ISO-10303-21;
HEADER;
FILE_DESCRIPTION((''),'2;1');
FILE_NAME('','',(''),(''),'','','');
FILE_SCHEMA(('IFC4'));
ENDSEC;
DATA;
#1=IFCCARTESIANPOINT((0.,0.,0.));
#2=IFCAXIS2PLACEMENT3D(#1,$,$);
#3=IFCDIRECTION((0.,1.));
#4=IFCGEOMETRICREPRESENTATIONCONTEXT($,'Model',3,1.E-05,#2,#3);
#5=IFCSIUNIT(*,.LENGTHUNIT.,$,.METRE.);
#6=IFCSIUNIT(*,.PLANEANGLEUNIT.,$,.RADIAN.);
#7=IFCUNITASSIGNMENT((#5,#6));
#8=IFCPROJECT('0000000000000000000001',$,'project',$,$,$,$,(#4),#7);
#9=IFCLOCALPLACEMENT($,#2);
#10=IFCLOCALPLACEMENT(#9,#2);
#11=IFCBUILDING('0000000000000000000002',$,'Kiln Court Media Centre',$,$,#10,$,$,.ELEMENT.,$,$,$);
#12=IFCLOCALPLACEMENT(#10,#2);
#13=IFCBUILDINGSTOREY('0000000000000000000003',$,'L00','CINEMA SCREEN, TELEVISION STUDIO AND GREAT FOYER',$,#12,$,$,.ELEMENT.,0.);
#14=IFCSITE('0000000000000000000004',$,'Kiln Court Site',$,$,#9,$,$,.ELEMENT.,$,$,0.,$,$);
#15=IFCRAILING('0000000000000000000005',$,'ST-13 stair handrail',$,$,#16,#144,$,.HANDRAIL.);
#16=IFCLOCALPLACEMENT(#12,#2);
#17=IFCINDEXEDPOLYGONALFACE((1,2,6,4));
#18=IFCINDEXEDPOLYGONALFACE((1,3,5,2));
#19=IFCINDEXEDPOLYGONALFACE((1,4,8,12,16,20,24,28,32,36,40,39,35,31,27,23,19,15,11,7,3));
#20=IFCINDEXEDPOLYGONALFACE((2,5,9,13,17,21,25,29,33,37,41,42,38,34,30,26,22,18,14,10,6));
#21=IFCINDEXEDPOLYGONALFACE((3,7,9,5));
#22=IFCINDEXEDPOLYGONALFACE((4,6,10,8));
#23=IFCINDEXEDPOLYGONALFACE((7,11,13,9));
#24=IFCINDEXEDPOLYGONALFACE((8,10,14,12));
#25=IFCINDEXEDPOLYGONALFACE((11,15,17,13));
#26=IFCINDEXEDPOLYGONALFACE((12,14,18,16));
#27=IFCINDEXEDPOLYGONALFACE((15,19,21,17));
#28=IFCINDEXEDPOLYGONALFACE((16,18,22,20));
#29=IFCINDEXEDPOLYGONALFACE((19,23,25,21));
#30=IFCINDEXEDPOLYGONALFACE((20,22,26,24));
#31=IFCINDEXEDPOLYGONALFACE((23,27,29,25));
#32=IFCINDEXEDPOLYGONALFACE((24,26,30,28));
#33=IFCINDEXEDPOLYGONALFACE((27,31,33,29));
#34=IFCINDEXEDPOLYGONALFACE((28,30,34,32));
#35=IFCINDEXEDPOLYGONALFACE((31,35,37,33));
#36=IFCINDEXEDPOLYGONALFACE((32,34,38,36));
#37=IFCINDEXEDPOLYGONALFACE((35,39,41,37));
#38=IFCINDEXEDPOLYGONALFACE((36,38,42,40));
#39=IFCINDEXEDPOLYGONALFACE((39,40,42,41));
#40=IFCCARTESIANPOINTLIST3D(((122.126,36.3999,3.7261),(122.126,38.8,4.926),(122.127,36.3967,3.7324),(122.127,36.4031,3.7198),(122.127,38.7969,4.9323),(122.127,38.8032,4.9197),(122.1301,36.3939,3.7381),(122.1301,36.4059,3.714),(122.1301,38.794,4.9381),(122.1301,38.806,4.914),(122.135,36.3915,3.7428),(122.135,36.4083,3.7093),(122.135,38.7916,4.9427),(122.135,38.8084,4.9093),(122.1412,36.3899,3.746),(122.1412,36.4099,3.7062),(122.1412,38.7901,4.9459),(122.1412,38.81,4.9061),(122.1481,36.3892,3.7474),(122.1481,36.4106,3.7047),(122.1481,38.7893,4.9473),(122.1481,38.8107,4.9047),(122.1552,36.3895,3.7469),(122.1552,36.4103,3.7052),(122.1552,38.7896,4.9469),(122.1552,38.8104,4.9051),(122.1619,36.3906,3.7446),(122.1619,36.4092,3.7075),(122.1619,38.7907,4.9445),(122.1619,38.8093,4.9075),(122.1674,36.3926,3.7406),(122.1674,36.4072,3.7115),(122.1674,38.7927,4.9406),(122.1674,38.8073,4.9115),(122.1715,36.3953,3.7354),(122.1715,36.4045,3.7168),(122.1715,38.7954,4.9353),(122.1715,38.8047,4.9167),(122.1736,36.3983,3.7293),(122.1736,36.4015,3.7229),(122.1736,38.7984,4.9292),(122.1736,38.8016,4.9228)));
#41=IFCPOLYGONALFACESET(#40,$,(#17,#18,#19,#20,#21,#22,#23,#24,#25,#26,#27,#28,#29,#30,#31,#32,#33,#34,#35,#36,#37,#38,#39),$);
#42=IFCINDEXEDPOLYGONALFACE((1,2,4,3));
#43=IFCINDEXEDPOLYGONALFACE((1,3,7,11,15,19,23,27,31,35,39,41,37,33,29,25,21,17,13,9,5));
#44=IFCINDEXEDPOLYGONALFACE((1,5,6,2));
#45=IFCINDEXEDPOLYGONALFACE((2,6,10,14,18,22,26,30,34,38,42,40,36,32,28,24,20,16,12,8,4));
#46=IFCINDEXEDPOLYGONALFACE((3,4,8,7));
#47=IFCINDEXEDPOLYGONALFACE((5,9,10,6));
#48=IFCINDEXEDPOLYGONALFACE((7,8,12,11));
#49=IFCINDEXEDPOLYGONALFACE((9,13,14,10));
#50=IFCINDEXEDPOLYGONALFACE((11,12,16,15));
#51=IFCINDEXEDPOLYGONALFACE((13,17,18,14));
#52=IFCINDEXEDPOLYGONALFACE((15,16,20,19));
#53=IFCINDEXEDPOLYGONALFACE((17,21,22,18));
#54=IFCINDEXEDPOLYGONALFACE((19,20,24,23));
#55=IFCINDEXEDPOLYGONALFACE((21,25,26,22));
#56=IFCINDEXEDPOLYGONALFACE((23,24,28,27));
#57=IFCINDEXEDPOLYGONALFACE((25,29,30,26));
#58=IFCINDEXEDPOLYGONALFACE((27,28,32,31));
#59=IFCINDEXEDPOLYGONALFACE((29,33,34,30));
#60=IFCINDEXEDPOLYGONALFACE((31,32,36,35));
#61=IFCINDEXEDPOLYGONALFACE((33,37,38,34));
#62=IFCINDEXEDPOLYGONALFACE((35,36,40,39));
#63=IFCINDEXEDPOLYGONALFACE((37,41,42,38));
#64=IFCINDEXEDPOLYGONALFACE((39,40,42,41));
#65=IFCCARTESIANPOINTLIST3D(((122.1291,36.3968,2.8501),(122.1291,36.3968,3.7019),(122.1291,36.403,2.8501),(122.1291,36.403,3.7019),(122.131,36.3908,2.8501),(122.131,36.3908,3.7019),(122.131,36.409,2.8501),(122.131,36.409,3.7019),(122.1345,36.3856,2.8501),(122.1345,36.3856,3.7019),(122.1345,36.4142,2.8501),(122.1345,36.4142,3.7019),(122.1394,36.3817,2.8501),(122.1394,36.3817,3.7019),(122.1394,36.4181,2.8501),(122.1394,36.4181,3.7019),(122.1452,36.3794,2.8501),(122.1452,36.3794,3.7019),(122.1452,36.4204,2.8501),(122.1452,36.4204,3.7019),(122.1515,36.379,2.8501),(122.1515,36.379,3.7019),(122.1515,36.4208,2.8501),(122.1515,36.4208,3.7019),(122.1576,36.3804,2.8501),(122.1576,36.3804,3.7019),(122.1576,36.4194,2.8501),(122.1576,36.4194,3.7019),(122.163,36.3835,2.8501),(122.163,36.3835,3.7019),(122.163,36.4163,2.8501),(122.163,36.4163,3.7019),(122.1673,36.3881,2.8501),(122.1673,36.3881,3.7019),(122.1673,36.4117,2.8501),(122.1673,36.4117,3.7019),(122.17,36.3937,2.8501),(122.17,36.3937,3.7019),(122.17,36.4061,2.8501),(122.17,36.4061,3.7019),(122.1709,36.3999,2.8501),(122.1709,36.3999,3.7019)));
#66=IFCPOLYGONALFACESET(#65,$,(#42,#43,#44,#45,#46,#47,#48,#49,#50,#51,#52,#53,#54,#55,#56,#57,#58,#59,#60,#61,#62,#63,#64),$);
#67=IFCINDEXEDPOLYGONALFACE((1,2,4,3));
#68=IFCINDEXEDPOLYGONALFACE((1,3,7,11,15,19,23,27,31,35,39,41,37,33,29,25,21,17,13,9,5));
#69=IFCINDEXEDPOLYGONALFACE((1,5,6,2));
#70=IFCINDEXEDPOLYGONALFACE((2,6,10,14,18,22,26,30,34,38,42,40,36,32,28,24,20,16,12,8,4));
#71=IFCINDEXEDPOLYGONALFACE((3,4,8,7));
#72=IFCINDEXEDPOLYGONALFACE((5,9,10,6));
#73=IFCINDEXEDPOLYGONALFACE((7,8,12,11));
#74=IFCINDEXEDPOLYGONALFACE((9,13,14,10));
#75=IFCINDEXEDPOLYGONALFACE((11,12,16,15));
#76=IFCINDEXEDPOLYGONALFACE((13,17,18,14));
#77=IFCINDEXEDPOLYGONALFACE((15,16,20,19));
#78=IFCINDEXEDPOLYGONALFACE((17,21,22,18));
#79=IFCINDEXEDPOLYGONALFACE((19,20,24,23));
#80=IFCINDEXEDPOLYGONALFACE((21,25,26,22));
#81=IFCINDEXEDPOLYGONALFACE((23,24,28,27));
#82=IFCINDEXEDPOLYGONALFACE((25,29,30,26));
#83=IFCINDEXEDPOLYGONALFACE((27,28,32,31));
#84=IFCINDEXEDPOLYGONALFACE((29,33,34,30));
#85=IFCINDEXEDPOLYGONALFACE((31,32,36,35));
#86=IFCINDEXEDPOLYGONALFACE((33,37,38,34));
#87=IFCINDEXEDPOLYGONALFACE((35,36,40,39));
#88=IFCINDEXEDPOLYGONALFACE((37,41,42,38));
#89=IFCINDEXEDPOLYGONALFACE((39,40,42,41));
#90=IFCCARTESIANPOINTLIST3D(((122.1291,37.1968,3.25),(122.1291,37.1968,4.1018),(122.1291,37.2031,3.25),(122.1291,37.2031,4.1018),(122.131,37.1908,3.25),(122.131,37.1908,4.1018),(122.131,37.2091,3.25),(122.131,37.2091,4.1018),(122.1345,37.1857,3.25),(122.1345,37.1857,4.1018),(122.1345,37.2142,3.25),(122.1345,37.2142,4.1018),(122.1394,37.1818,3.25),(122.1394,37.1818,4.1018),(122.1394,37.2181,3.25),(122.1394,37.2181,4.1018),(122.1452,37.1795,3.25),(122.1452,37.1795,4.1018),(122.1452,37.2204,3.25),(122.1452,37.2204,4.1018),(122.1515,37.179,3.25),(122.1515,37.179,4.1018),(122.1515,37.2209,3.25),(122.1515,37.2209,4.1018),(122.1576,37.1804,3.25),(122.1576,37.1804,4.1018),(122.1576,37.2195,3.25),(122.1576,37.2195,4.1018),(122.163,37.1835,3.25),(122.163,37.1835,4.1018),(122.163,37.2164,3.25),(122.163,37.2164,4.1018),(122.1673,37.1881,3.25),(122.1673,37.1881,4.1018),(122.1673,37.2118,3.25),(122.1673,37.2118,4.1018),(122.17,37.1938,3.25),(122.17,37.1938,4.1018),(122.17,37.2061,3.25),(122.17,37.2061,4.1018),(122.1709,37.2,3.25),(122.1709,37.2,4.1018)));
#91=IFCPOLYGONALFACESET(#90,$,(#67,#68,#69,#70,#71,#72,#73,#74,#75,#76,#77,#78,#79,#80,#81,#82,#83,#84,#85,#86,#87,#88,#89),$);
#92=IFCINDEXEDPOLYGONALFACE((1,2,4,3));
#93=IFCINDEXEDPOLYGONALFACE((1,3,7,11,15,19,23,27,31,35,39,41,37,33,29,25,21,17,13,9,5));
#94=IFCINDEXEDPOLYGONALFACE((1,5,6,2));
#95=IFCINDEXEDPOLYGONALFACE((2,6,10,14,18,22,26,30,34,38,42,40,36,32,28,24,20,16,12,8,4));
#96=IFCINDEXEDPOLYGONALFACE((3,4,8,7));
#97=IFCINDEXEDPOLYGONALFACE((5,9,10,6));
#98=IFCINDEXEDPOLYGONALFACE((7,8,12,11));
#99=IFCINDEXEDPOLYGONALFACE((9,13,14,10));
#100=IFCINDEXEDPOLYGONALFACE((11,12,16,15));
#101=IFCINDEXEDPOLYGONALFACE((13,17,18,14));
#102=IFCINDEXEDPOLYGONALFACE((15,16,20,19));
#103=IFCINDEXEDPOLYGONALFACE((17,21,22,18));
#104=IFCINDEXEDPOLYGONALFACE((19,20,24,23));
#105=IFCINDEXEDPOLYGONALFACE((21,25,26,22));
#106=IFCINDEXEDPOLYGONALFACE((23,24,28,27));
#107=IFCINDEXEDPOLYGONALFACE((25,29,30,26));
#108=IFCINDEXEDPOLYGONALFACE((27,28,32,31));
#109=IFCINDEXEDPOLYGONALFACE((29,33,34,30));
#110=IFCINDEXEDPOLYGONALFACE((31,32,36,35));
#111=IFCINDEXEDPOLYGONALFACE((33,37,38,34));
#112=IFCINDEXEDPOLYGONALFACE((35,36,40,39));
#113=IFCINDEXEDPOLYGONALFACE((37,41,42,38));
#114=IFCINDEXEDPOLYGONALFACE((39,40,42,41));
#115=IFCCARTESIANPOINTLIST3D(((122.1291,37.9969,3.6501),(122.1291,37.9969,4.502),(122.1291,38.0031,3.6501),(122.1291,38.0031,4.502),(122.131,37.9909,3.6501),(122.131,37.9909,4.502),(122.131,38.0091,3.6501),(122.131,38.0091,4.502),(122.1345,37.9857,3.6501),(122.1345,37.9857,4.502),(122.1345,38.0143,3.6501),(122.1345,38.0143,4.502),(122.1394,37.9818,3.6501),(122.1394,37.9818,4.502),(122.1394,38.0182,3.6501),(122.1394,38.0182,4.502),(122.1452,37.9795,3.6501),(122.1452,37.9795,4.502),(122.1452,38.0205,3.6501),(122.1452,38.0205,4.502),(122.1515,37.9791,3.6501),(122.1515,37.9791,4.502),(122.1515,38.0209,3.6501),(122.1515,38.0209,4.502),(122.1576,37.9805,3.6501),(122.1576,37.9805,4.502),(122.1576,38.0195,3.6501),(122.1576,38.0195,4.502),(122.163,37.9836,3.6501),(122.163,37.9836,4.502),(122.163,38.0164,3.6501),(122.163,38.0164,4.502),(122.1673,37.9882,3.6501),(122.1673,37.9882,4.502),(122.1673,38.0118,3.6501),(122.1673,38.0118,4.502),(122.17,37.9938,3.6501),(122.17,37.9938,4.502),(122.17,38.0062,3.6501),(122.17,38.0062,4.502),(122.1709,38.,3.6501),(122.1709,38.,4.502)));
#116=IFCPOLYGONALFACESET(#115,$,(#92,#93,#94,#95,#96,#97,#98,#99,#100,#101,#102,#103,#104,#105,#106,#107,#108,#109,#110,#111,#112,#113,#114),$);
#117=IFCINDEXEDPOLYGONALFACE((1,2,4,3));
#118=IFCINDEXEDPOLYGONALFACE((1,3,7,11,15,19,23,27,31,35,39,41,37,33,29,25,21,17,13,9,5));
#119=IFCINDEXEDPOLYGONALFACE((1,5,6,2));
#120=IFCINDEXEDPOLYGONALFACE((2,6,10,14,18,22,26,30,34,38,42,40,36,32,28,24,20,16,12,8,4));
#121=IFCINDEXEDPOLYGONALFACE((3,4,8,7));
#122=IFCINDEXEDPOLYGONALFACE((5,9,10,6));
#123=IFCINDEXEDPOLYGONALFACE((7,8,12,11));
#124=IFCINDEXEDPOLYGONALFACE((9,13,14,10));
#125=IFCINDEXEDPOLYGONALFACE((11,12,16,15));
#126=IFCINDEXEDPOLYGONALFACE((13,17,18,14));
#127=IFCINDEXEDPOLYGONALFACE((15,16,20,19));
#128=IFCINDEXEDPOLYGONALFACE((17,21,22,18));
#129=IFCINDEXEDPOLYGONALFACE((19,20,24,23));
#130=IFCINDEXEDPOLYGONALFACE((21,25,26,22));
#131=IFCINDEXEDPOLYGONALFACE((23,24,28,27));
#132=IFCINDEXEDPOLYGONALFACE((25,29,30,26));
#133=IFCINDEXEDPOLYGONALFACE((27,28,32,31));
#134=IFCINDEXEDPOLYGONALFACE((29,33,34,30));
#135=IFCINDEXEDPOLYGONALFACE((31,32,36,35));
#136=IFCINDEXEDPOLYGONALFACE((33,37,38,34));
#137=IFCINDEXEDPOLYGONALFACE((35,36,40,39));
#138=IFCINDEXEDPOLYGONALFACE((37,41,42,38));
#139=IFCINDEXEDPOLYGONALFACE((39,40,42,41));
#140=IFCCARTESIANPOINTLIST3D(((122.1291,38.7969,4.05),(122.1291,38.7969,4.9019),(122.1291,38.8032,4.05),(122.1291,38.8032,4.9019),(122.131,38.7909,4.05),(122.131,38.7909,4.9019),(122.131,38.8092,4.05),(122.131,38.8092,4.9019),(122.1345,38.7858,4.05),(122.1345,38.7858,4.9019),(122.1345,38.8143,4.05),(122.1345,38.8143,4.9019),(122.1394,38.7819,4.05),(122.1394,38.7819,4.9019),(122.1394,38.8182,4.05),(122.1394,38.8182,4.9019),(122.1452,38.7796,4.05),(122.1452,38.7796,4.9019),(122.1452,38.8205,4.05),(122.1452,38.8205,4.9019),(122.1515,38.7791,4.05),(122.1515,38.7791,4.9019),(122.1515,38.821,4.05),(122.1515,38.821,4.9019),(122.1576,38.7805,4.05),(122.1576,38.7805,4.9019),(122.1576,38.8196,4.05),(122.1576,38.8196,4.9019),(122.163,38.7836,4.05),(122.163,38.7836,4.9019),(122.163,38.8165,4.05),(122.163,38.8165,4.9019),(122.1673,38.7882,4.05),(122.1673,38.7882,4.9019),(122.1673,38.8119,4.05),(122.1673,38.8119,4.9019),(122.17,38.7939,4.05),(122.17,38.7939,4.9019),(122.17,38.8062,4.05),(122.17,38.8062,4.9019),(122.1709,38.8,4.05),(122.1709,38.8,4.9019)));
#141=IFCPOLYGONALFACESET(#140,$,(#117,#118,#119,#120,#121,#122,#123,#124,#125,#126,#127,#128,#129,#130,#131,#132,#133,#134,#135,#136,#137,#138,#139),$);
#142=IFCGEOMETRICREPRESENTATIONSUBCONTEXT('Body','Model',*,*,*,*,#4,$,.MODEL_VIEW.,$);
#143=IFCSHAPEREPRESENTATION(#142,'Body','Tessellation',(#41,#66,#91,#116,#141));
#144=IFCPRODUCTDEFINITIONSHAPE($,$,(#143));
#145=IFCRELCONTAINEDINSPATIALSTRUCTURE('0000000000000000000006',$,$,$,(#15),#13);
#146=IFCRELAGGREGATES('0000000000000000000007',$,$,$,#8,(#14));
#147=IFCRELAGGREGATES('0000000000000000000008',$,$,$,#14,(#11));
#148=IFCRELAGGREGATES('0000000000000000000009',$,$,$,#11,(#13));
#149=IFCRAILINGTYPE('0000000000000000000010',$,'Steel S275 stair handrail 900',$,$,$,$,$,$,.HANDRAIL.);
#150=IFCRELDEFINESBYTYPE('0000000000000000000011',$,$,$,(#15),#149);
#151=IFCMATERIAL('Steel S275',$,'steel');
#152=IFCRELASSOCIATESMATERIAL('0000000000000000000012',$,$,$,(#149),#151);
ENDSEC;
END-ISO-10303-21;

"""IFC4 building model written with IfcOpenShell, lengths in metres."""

from ifc_helpers import new_model, si_unit, direction, frame, origin, origin_2d, place, context, subcontext, project, spatial, circle, extrude, material, type_object, element, save


model = new_model("IFC4")

# Units and contexts
model_context = context("Model", 3, precision=1e-05, world=origin(), true_north=direction((0.0, 1.0)))
body_context = subcontext(model_context, "Body", "Model", "MODEL_VIEW")
ifc_project = project(units=[si_unit("LENGTHUNIT", "METRE"), si_unit("PLANEANGLEUNIT", "RADIAN")], contexts=[model_context])

# Site, building, storey
site_placement = place(None, origin())
site = spatial("IfcSite", under=ifc_project, at=site_placement, Name="Kiln Court Site", CompositionType="ELEMENT", RefElevation=0.0)
building_placement = place(site_placement, origin())
building = spatial("IfcBuilding", under=site, at=building_placement, Name="Kiln Court Media Centre", CompositionType="ELEMENT")
storey_placement = place(building_placement, origin())
storey = spatial("IfcBuildingStorey", under=building, at=storey_placement, Name="L00", Description="CINEMA SCREEN, TELEVISION STUDIO AND GREAT FOYER", CompositionType="ELEMENT", Elevation=0.0)

# Railing
ifc_material_1 = material(Name="Steel S275", Category="steel")
railing_type_1 = type_object("IfcRailingType", Name="Steel S275 stair handrail 900", PredefinedType="HANDRAIL", material=ifc_material_1)
railing_1_placement = place(storey_placement, frame((122.1499, 36.3999, 2.8501)))
element("IfcRailing", 1, at=railing_1_placement, inside=storey, type_object=railing_type_1, Name="ST-13 stair handrail", PredefinedType="HANDRAIL", context=body_context, shape_type="SweptSolid", body=[
    extrude(circle(Radius=0.0239, at=origin_2d()), frame((0.0, 0.0, 0.876), z_axis=(0.0, 0.894445, 0.447177), x_axis=(-1.0, 0.0, 0.0)), (0.0, 0.0, 1.0), 2.6833),
    extrude(circle(Radius=0.021, at=origin_2d()), origin(), (0.0, 0.0, 1.0), 0.8518),
    extrude(circle(Radius=0.021, at=origin_2d()), frame((0.0, 0.8, 0.3999)), (0.0, 0.0, 1.0), 0.8518),
    extrude(circle(Radius=0.021, at=origin_2d()), frame((0.0, 1.6001, 0.8)), (0.0, 0.0, 1.0), 0.8518),
    extrude(circle(Radius=0.021, at=origin_2d()), frame((0.0, 2.4001, 1.2)), (0.0, 0.0, 1.0), 0.8518),
])

save(model, "model.ifc")
